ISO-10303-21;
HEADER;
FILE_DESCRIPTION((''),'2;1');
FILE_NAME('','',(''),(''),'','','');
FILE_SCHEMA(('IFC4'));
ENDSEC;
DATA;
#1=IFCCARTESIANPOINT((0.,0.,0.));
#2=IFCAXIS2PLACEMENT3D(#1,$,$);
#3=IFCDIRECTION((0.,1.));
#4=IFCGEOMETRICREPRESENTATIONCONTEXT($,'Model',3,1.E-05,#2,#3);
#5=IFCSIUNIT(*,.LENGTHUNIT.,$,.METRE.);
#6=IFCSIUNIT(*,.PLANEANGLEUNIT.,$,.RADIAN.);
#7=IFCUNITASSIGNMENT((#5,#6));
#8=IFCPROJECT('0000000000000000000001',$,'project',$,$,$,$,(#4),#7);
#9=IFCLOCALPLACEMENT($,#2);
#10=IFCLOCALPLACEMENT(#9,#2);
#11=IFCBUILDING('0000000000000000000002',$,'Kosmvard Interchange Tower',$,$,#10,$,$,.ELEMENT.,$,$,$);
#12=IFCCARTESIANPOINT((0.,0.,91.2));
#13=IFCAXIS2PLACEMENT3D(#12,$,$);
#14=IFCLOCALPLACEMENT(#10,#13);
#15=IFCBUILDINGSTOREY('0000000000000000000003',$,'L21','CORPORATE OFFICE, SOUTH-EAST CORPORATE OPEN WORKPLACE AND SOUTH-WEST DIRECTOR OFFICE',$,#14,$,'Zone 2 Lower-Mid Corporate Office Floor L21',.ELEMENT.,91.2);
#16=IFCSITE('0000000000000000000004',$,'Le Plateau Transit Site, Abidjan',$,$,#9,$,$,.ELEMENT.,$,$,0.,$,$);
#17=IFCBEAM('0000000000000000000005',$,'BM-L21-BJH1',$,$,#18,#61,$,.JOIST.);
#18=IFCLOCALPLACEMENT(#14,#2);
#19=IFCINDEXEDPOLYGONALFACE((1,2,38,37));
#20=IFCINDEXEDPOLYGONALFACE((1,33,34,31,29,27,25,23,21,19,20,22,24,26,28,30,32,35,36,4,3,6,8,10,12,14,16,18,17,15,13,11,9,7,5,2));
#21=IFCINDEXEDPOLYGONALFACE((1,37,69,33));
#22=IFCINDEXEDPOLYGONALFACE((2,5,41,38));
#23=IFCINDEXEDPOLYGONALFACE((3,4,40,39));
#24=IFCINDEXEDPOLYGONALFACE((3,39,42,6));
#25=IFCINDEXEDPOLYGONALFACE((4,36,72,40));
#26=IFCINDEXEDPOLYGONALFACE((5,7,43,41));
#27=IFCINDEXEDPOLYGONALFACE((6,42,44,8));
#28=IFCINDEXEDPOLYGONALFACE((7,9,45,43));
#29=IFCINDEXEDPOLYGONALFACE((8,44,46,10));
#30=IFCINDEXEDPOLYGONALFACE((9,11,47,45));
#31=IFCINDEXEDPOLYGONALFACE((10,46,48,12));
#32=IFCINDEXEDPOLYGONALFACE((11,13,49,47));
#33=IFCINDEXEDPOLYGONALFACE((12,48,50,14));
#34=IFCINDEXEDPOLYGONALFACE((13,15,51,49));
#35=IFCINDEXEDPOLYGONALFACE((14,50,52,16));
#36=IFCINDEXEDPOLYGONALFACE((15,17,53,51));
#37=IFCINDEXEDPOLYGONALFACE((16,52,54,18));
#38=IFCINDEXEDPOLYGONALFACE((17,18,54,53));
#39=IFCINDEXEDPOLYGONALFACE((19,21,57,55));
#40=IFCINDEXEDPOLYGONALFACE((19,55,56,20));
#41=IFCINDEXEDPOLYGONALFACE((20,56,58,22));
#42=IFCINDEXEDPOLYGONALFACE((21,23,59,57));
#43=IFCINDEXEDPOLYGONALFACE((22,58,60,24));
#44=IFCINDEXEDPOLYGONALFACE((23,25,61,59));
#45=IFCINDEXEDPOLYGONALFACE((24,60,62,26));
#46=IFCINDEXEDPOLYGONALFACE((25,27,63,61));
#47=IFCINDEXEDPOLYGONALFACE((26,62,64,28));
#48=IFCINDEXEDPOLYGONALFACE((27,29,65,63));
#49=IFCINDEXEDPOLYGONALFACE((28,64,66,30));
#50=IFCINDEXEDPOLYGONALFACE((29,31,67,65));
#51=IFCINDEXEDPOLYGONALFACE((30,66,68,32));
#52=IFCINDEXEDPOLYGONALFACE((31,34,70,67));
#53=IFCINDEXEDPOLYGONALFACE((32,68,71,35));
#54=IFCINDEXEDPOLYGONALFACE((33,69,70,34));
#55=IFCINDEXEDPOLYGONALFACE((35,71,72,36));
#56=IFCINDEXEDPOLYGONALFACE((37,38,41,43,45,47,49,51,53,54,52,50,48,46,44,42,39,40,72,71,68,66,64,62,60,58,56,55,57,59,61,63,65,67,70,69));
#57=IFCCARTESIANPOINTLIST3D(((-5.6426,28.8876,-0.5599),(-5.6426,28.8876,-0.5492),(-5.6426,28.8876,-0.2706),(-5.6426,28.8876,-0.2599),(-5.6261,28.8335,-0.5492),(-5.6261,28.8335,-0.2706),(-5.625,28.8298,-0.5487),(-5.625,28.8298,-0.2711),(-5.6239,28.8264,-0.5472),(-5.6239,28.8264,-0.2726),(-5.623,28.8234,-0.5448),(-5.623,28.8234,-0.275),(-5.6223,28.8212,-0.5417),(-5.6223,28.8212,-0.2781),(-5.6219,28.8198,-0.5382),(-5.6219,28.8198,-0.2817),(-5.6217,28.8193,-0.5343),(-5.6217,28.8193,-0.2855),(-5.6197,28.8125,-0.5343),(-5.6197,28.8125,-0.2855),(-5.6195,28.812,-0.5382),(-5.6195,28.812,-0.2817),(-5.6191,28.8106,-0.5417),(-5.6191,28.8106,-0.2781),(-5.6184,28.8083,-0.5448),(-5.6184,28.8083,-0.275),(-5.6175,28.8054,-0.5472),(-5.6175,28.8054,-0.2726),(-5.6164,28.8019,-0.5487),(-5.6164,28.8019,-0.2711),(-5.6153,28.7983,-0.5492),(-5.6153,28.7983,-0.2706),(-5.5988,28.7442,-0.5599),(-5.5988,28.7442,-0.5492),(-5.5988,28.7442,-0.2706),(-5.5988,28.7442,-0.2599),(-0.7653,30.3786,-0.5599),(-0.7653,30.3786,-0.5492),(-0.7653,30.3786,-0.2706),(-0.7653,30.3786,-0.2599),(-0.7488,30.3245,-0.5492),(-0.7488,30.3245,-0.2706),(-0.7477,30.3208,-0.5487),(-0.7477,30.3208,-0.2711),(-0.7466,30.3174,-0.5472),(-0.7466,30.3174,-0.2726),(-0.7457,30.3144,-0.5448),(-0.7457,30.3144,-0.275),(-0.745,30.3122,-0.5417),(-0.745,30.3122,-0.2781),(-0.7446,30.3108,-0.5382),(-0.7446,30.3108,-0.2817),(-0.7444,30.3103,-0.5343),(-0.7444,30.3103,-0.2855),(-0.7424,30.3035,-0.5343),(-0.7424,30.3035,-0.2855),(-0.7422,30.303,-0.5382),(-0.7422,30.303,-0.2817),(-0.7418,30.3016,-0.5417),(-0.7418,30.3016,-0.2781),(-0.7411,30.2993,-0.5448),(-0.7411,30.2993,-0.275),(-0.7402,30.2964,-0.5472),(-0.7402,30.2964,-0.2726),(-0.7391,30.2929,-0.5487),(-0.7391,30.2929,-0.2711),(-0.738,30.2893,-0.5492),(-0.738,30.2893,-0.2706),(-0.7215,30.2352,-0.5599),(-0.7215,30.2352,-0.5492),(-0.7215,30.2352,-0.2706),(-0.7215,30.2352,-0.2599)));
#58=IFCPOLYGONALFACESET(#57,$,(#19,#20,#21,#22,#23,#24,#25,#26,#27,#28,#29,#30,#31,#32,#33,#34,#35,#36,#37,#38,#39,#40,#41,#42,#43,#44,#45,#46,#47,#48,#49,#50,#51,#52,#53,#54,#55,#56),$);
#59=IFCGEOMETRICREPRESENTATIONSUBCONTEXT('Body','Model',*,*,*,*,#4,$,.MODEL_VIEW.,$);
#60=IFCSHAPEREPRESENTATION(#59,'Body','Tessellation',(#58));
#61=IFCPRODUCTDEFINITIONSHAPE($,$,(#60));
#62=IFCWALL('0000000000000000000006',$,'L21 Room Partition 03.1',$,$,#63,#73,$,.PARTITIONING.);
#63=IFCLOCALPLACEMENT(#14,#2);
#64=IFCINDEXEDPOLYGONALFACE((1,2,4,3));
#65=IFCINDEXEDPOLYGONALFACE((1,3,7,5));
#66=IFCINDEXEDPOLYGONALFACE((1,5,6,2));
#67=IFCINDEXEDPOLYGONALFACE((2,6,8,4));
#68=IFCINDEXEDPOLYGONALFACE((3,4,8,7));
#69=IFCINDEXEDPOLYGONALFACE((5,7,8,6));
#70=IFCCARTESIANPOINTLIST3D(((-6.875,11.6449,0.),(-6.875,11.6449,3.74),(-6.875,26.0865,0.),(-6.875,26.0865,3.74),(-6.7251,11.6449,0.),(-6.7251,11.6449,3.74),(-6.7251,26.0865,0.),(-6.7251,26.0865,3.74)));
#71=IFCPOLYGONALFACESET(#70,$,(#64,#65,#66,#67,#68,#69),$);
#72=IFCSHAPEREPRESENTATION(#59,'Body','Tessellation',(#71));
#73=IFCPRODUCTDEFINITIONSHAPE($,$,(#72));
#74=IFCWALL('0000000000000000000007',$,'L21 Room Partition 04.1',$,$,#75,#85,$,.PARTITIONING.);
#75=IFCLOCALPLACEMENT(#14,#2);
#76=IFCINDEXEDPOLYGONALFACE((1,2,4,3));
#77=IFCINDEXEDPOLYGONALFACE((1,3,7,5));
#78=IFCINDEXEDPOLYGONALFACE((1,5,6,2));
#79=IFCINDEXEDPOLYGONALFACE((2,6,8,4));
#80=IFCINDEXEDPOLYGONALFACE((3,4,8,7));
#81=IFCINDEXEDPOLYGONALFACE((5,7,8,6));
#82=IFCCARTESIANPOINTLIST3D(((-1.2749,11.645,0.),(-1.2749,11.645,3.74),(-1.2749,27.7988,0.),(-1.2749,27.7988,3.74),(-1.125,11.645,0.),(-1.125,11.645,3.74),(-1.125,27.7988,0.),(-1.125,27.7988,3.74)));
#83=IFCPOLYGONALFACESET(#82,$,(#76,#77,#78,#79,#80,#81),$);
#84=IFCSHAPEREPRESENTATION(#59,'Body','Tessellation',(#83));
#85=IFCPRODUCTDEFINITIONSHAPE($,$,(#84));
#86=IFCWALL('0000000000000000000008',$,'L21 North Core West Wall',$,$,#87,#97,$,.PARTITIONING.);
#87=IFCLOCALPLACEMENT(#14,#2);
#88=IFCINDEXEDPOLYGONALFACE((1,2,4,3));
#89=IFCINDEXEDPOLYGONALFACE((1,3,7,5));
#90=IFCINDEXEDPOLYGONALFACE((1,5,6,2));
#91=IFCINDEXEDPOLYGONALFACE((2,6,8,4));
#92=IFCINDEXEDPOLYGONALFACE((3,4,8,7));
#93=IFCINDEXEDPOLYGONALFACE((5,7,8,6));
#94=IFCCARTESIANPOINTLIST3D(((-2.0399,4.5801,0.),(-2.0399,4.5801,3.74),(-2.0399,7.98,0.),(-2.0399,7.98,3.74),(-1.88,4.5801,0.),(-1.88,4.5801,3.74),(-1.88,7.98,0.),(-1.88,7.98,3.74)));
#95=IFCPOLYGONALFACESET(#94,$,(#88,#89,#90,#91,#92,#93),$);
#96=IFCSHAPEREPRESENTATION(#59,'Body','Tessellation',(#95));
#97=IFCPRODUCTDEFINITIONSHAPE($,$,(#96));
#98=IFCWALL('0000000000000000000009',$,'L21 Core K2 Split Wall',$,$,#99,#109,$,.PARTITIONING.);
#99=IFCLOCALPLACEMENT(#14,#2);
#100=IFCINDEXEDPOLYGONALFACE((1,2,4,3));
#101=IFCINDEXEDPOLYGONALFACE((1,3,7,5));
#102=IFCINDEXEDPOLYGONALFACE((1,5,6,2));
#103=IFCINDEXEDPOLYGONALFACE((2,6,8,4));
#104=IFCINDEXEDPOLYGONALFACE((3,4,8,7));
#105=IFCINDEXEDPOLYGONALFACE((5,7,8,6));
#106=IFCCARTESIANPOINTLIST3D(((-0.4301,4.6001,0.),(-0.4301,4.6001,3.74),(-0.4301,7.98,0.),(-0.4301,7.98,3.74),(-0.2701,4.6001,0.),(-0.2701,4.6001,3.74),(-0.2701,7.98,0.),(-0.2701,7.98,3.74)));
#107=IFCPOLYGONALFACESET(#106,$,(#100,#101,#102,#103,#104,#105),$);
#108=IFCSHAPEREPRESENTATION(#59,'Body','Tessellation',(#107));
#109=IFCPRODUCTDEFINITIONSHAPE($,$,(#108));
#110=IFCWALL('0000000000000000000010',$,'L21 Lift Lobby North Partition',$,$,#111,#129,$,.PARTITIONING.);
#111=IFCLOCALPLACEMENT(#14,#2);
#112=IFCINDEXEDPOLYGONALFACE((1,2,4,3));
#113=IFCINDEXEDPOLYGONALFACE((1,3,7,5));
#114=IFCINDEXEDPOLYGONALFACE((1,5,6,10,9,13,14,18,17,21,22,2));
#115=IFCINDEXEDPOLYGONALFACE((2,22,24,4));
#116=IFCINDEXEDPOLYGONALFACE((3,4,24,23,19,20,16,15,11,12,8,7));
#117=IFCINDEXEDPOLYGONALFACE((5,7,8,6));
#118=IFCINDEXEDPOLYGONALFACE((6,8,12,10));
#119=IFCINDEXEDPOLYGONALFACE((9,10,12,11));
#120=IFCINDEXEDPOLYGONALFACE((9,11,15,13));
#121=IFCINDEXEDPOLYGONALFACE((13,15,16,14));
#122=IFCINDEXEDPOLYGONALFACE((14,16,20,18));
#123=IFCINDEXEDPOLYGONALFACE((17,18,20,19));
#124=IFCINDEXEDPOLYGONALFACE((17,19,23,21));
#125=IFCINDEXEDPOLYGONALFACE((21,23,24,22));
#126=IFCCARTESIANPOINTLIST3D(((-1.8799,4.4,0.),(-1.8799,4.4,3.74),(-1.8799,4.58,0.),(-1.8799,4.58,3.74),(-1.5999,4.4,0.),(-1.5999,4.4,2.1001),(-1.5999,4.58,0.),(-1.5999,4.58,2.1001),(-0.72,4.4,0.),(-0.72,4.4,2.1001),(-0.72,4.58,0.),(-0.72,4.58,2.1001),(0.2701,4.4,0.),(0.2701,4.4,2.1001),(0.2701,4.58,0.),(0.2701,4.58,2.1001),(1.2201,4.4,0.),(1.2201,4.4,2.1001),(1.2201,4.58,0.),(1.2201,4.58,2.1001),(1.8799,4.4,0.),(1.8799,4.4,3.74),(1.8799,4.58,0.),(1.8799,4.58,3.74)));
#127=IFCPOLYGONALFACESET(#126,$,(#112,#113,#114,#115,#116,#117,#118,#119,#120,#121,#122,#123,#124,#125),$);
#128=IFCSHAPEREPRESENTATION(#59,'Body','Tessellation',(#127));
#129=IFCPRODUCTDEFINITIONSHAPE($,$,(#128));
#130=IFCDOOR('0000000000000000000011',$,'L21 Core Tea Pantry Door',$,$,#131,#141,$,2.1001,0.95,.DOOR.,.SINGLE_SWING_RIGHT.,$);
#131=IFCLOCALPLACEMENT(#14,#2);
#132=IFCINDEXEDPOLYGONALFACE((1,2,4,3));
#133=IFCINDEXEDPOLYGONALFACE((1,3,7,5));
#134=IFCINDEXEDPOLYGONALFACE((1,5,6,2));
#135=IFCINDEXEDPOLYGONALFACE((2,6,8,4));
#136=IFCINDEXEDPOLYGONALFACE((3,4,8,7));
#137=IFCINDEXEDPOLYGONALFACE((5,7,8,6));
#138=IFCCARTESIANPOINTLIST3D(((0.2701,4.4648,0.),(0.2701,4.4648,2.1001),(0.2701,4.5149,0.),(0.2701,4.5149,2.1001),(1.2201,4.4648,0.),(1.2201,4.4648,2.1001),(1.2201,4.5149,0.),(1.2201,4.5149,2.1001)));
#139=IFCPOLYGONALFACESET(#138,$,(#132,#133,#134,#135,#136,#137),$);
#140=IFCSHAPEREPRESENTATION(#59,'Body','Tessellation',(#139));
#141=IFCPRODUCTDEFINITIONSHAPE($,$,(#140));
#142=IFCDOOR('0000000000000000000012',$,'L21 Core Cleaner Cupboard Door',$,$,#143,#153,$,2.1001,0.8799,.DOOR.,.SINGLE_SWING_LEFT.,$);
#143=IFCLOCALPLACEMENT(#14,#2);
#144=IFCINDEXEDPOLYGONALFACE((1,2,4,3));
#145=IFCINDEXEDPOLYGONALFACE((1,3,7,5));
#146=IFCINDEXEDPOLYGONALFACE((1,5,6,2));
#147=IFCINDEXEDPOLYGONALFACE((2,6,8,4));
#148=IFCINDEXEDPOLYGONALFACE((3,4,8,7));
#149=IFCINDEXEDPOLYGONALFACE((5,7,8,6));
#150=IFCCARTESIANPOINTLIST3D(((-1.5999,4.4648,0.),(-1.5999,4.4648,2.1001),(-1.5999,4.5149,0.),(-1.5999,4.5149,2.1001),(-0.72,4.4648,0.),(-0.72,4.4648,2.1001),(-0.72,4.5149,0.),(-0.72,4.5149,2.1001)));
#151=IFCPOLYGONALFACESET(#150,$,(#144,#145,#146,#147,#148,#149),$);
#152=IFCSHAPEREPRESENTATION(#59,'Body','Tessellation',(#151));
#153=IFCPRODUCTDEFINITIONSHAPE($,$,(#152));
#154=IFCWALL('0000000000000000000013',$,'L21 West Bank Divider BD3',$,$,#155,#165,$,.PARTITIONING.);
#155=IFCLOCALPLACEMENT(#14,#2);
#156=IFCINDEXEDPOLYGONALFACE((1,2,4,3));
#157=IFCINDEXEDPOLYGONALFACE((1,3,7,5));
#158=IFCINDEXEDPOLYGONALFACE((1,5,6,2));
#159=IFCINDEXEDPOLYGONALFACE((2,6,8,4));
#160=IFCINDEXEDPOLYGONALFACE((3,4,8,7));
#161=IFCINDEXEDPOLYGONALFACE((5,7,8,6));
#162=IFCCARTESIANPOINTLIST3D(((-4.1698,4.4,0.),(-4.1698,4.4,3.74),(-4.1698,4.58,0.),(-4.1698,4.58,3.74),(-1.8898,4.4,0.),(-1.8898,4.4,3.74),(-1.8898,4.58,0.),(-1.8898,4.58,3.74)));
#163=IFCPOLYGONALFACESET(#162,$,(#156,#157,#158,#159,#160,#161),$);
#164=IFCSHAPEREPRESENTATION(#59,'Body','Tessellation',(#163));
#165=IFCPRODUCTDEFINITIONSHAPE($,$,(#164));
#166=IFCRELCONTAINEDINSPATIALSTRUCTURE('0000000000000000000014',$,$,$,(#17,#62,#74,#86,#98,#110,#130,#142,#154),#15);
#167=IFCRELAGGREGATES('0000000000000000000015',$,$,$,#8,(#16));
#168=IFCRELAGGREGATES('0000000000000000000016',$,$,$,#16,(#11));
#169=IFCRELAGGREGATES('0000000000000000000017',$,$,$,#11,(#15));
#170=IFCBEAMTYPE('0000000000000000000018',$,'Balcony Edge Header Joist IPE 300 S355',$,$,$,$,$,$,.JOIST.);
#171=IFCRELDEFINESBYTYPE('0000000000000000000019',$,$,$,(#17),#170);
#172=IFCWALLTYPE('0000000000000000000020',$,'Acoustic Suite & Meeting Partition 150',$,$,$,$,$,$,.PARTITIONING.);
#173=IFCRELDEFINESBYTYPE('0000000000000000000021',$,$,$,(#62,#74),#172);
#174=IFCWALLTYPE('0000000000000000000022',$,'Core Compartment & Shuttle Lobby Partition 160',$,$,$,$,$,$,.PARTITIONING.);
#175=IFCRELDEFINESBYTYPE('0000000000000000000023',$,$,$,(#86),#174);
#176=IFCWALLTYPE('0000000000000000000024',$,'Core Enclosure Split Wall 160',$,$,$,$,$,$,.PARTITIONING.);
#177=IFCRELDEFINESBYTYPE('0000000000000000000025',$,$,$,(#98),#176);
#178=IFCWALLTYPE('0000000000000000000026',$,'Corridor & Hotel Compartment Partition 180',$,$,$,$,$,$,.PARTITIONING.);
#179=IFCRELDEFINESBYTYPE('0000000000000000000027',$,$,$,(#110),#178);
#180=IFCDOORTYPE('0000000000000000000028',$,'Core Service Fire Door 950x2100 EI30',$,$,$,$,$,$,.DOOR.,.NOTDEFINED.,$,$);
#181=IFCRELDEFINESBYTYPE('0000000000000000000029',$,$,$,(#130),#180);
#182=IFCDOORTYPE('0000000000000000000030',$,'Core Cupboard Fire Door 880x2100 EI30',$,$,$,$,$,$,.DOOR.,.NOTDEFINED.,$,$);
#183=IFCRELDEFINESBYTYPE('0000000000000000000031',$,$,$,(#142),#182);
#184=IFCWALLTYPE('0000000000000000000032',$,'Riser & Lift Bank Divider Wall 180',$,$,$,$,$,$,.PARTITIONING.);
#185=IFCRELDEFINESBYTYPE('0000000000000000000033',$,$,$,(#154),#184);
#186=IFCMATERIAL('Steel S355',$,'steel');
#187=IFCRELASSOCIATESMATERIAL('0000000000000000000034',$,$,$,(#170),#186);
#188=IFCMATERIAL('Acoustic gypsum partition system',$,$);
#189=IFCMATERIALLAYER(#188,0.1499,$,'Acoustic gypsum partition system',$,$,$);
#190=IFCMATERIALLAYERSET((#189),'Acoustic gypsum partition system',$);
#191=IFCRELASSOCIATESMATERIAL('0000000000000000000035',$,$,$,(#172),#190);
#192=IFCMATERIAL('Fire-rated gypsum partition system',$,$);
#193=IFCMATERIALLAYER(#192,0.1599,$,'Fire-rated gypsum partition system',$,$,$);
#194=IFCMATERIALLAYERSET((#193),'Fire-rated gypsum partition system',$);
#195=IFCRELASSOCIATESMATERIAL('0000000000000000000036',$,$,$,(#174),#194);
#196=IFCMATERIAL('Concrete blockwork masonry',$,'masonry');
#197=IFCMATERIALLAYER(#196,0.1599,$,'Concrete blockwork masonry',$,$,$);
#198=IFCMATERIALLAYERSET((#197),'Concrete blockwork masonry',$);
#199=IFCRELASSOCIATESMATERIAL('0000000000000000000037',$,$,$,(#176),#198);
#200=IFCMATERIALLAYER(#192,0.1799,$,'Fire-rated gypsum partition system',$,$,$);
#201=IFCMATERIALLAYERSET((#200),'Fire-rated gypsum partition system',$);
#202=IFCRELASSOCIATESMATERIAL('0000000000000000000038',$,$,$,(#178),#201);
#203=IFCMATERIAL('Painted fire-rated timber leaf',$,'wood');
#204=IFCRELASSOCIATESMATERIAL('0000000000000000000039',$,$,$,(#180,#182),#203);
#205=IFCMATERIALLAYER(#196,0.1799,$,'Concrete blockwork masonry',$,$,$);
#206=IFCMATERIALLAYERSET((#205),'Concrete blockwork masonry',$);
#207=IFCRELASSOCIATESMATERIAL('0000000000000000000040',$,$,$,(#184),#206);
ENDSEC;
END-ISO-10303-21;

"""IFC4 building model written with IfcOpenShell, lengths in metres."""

from ifc_helpers import new_model, si_unit, direction, frame, frame_2d, origin, origin_2d, place, context, subcontext, project, spatial, rectangle, i_section, extrude, source, transform, mapped, material, layer, layer_set, material_profile, profile_set, type_object, element, fill, save


model = new_model("IFC4")

# Units and contexts
model_context = context("Model", 3, precision=1e-05, world=origin(), true_north=direction((0.0, 1.0)))
body_context = subcontext(model_context, "Body", "Model", "MODEL_VIEW")
ifc_project = project(units=[si_unit("LENGTHUNIT", "METRE"), si_unit("PLANEANGLEUNIT", "RADIAN")], contexts=[model_context])

# Site, building, storey
site_placement = place(None, origin())
site = spatial("IfcSite", under=ifc_project, at=site_placement, Name="Le Plateau Transit Site, Abidjan", CompositionType="ELEMENT", RefElevation=0.0)
building_placement = place(site_placement, origin())
building = spatial("IfcBuilding", under=site, at=building_placement, Name="Kosmvard Interchange Tower", CompositionType="ELEMENT")
storey_placement = place(building_placement, frame((0.0, 0.0, 91.2)))
storey = spatial("IfcBuildingStorey", under=building, at=storey_placement, Name="L21", Description="CORPORATE OFFICE, SOUTH-EAST CORPORATE OPEN WORKPLACE AND SOUTH-WEST DIRECTOR OFFICE", LongName="Zone 2 Lower-Mid Corporate Office Floor L21", CompositionType="ELEMENT", Elevation=91.2)

# Beam
ifc_material_1 = material(Name="Steel S355", Category="steel")
ifc_material_profile_1 = material_profile(ifc_material_1, i_section(OverallWidth=0.1499, OverallDepth=0.3, WebThickness=0.0071, FlangeThickness=0.0107, FilletRadius=0.0149, at=origin_2d()), Name="IPE 300")
ifc_profile_set_1 = profile_set([ifc_material_profile_1], Name="Steel S355")
beam_type_1 = type_object("IfcBeamType", Name="Balcony Edge Header Joist IPE 300 S355", PredefinedType="JOIST", material=ifc_profile_set_1)
shared_shape_1 = source(origin(), body_context, "Body", "SweptSolid", [
    extrude(i_section(OverallWidth=0.1499, OverallDepth=0.3, WebThickness=0.0071, FlangeThickness=0.0107, FilletRadius=0.0149, at=origin_2d()), origin(), (0.0, 0.0, 1.0), 5.1001),
])
beam_1_placement = place(storey_placement, frame((-0.7434, 30.3069, -0.4099), z_axis=(-0.956313, -0.292346, 0.0), x_axis=(0.292346, -0.956313, 0.0)))
element("IfcBeam", 1, at=beam_1_placement, inside=storey, type_object=beam_type_1, Name="BM-L21-BJH1", PredefinedType="JOIST", context=body_context, shape_type="MappedRepresentation", body=[
    mapped(shared_shape_1, transform((0.0, 0.0, 0.0), scale=1.0)),
])

# Walls
ifc_material_2 = material(Name="Acoustic gypsum partition system")
ifc_layer_1 = layer(ifc_material_2, 0.1499, Name="Acoustic gypsum partition system")
ifc_layer_set_1 = layer_set([ifc_layer_1], Name="Acoustic gypsum partition system")
wall_type_1 = type_object("IfcWallType", Name="Acoustic Suite & Meeting Partition 150", PredefinedType="PARTITIONING", material=ifc_layer_set_1)
wall_1_placement = place(storey_placement, frame((-6.8, 11.645, 0.0), z_axis=(0.0, 0.0, 1.0), x_axis=(0.0, 1.0, 0.0)))
element("IfcWall", 2, at=wall_1_placement, inside=storey, type_object=wall_type_1, Name="L21 Room Partition 03.1", PredefinedType="PARTITIONING", context=body_context, shape_type="SweptSolid", body=[
    extrude(rectangle(XDim=14.4417, YDim=0.1499, at=frame_2d((7.2207, 0.0))), origin(), (0.0, 0.0, 1.0), 3.74),
])
wall_2_placement = place(storey_placement, frame((-1.2, 11.645, 0.0), z_axis=(0.0, 0.0, 1.0), x_axis=(0.0, 1.0, 0.0)))
element("IfcWall", 3, at=wall_2_placement, inside=storey, type_object=wall_type_1, Name="L21 Room Partition 04.1", PredefinedType="PARTITIONING", context=body_context, shape_type="SweptSolid", body=[
    extrude(rectangle(XDim=16.1538, YDim=0.1499, at=frame_2d((8.0769, 0.0))), origin(), (0.0, 0.0, 1.0), 3.74),
])
ifc_material_3 = material(Name="Fire-rated gypsum partition system")
ifc_layer_2 = layer(ifc_material_3, 0.1599, Name="Fire-rated gypsum partition system")
ifc_layer_set_2 = layer_set([ifc_layer_2], Name="Fire-rated gypsum partition system")
wall_type_2 = type_object("IfcWallType", Name="Core Compartment & Shuttle Lobby Partition 160", PredefinedType="PARTITIONING", material=ifc_layer_set_2)
wall_3_placement = place(storey_placement, frame((-1.96, 4.5801, 0.0), z_axis=(0.0, 0.0, 1.0), x_axis=(0.0, 1.0, 0.0)))
element("IfcWall", 4, at=wall_3_placement, inside=storey, type_object=wall_type_2, Name="L21 North Core West Wall", PredefinedType="PARTITIONING", context=body_context, shape_type="SweptSolid", body=[
    extrude(rectangle(XDim=3.3999, YDim=0.1599, at=frame_2d((1.7, 0.0))), origin(), (0.0, 0.0, 1.0), 3.74),
])
ifc_material_4 = material(Name="Concrete blockwork masonry", Category="masonry")
ifc_layer_3 = layer(ifc_material_4, 0.1599, Name="Concrete blockwork masonry")
ifc_layer_set_3 = layer_set([ifc_layer_3], Name="Concrete blockwork masonry")
wall_type_3 = type_object("IfcWallType", Name="Core Enclosure Split Wall 160", PredefinedType="PARTITIONING", material=ifc_layer_set_3)
wall_4_placement = place(storey_placement, frame((-0.3501, 4.6001, 0.0), z_axis=(0.0, 0.0, 1.0), x_axis=(0.0, 1.0, 0.0)))
element("IfcWall", 5, at=wall_4_placement, inside=storey, type_object=wall_type_3, Name="L21 Core K2 Split Wall", PredefinedType="PARTITIONING", context=body_context, shape_type="SweptSolid", body=[
    extrude(rectangle(XDim=3.3799, YDim=0.1599, at=frame_2d((1.6899, 0.0))), origin(), (0.0, 0.0, 1.0), 3.74),
])

# Wall, openings, doors
ifc_layer_4 = layer(ifc_material_3, 0.1799, Name="Fire-rated gypsum partition system")
ifc_layer_set_4 = layer_set([ifc_layer_4], Name="Fire-rated gypsum partition system")
wall_type_4 = type_object("IfcWallType", Name="Corridor & Hotel Compartment Partition 180", PredefinedType="PARTITIONING", material=ifc_layer_set_4)
wall_5_placement = place(storey_placement, frame((-1.8799, 4.49, 0.0), z_axis=(0.0, 0.0, 1.0), x_axis=(1.0, 0.0, 0.0)))
wall_5 = element("IfcWall", 6, at=wall_5_placement, inside=storey, type_object=wall_type_4, Name="L21 Lift Lobby North Partition", PredefinedType="PARTITIONING", context=body_context, shape_type="SweptSolid", body=[
    extrude(rectangle(XDim=3.7598, YDim=0.1799, at=frame_2d((1.8799, 0.0))), origin(), (0.0, 0.0, 1.0), 3.74),
])
opening_1_placement = place(wall_5_placement, frame((0.28, 0.0, 0.0)))
opening_1 = element("IfcOpeningElement", 7, at=opening_1_placement, cuts=wall_5, PredefinedType="OPENING", context=body_context, shape_type="SweptSolid", body=[
    extrude(rectangle(XDim=0.8799, YDim=2.1001, at=frame_2d((0.4399, 1.05))), frame((0.0, 0.1001, 0.0), z_axis=(0.0, -1.0, 0.0), x_axis=(1.0, 0.0, 0.0)), (0.0, 0.0, 1.0), 0.2),
])
opening_2_placement = place(wall_5_placement, frame((2.1499, 0.0, 0.0)))
opening_2 = element("IfcOpeningElement", 8, at=opening_2_placement, cuts=wall_5, PredefinedType="OPENING", context=body_context, shape_type="SweptSolid", body=[
    extrude(rectangle(XDim=0.95, YDim=2.1001, at=frame_2d((0.4751, 1.05))), frame((0.0, 0.1001, 0.0), z_axis=(0.0, -1.0, 0.0), x_axis=(1.0, 0.0, 0.0)), (0.0, 0.0, 1.0), 0.2),
])
ifc_material_5 = material(Name="Painted fire-rated timber leaf", Category="wood")
door_type_1 = type_object("IfcDoorType", Name="Core Service Fire Door 950x2100 EI30", OperationType="NOTDEFINED", PredefinedType="DOOR", material=ifc_material_5)
shared_shape_2 = source(origin(), body_context, "Body", "SweptSolid", [
    extrude(rectangle(XDim=0.95, YDim=2.1001, at=frame_2d((0.4751, 1.05))), frame((0.0, 0.0249, 0.0), z_axis=(0.0, -1.0, 0.0), x_axis=(1.0, 0.0, 0.0)), (0.0, 0.0, 1.0), 0.05),
])
door_1_placement = place(opening_2_placement, origin())
door_1 = element("IfcDoor", 9, at=door_1_placement, inside=storey, type_object=door_type_1, Name="L21 Core Tea Pantry Door", OperationType="SINGLE_SWING_RIGHT", OverallHeight=2.1001, OverallWidth=0.95, PredefinedType="DOOR", context=body_context, shape_type="MappedRepresentation", body=[
    mapped(shared_shape_2, transform((0.0, 0.0, 0.0), scale=1.0)),
])
fill(opening_2, door_1)
door_type_2 = type_object("IfcDoorType", Name="Core Cupboard Fire Door 880x2100 EI30", OperationType="NOTDEFINED", PredefinedType="DOOR", material=ifc_material_5)
shared_shape_3 = source(origin(), body_context, "Body", "SweptSolid", [
    extrude(rectangle(XDim=0.8799, YDim=2.1001, at=frame_2d((0.4399, 1.05))), frame((0.0, 0.0249, 0.0), z_axis=(0.0, -1.0, 0.0), x_axis=(1.0, 0.0, 0.0)), (0.0, 0.0, 1.0), 0.05),
])
door_2_placement = place(opening_1_placement, origin())
door_2 = element("IfcDoor", 10, at=door_2_placement, inside=storey, type_object=door_type_2, Name="L21 Core Cleaner Cupboard Door", OperationType="SINGLE_SWING_LEFT", OverallHeight=2.1001, OverallWidth=0.8799, PredefinedType="DOOR", context=body_context, shape_type="MappedRepresentation", body=[
    mapped(shared_shape_3, transform((0.0, 0.0, 0.0), scale=1.0)),
])
fill(opening_1, door_2)

# Wall
ifc_layer_5 = layer(ifc_material_4, 0.1799, Name="Concrete blockwork masonry")
ifc_layer_set_5 = layer_set([ifc_layer_5], Name="Concrete blockwork masonry")
wall_type_5 = type_object("IfcWallType", Name="Riser & Lift Bank Divider Wall 180", PredefinedType="PARTITIONING", material=ifc_layer_set_5)
wall_6_placement = place(storey_placement, frame((-4.1699, 4.49, 0.0), z_axis=(0.0, 0.0, 1.0), x_axis=(1.0, 0.0, 0.0)))
element("IfcWall", 11, at=wall_6_placement, inside=storey, type_object=wall_type_5, Name="L21 West Bank Divider BD3", PredefinedType="PARTITIONING", context=body_context, shape_type="SweptSolid", body=[
    extrude(rectangle(XDim=2.28, YDim=0.1799, at=frame_2d((1.1401, 0.0))), origin(), (0.0, 0.0, 1.0), 3.74),
])

save(model, "model.ifc")
